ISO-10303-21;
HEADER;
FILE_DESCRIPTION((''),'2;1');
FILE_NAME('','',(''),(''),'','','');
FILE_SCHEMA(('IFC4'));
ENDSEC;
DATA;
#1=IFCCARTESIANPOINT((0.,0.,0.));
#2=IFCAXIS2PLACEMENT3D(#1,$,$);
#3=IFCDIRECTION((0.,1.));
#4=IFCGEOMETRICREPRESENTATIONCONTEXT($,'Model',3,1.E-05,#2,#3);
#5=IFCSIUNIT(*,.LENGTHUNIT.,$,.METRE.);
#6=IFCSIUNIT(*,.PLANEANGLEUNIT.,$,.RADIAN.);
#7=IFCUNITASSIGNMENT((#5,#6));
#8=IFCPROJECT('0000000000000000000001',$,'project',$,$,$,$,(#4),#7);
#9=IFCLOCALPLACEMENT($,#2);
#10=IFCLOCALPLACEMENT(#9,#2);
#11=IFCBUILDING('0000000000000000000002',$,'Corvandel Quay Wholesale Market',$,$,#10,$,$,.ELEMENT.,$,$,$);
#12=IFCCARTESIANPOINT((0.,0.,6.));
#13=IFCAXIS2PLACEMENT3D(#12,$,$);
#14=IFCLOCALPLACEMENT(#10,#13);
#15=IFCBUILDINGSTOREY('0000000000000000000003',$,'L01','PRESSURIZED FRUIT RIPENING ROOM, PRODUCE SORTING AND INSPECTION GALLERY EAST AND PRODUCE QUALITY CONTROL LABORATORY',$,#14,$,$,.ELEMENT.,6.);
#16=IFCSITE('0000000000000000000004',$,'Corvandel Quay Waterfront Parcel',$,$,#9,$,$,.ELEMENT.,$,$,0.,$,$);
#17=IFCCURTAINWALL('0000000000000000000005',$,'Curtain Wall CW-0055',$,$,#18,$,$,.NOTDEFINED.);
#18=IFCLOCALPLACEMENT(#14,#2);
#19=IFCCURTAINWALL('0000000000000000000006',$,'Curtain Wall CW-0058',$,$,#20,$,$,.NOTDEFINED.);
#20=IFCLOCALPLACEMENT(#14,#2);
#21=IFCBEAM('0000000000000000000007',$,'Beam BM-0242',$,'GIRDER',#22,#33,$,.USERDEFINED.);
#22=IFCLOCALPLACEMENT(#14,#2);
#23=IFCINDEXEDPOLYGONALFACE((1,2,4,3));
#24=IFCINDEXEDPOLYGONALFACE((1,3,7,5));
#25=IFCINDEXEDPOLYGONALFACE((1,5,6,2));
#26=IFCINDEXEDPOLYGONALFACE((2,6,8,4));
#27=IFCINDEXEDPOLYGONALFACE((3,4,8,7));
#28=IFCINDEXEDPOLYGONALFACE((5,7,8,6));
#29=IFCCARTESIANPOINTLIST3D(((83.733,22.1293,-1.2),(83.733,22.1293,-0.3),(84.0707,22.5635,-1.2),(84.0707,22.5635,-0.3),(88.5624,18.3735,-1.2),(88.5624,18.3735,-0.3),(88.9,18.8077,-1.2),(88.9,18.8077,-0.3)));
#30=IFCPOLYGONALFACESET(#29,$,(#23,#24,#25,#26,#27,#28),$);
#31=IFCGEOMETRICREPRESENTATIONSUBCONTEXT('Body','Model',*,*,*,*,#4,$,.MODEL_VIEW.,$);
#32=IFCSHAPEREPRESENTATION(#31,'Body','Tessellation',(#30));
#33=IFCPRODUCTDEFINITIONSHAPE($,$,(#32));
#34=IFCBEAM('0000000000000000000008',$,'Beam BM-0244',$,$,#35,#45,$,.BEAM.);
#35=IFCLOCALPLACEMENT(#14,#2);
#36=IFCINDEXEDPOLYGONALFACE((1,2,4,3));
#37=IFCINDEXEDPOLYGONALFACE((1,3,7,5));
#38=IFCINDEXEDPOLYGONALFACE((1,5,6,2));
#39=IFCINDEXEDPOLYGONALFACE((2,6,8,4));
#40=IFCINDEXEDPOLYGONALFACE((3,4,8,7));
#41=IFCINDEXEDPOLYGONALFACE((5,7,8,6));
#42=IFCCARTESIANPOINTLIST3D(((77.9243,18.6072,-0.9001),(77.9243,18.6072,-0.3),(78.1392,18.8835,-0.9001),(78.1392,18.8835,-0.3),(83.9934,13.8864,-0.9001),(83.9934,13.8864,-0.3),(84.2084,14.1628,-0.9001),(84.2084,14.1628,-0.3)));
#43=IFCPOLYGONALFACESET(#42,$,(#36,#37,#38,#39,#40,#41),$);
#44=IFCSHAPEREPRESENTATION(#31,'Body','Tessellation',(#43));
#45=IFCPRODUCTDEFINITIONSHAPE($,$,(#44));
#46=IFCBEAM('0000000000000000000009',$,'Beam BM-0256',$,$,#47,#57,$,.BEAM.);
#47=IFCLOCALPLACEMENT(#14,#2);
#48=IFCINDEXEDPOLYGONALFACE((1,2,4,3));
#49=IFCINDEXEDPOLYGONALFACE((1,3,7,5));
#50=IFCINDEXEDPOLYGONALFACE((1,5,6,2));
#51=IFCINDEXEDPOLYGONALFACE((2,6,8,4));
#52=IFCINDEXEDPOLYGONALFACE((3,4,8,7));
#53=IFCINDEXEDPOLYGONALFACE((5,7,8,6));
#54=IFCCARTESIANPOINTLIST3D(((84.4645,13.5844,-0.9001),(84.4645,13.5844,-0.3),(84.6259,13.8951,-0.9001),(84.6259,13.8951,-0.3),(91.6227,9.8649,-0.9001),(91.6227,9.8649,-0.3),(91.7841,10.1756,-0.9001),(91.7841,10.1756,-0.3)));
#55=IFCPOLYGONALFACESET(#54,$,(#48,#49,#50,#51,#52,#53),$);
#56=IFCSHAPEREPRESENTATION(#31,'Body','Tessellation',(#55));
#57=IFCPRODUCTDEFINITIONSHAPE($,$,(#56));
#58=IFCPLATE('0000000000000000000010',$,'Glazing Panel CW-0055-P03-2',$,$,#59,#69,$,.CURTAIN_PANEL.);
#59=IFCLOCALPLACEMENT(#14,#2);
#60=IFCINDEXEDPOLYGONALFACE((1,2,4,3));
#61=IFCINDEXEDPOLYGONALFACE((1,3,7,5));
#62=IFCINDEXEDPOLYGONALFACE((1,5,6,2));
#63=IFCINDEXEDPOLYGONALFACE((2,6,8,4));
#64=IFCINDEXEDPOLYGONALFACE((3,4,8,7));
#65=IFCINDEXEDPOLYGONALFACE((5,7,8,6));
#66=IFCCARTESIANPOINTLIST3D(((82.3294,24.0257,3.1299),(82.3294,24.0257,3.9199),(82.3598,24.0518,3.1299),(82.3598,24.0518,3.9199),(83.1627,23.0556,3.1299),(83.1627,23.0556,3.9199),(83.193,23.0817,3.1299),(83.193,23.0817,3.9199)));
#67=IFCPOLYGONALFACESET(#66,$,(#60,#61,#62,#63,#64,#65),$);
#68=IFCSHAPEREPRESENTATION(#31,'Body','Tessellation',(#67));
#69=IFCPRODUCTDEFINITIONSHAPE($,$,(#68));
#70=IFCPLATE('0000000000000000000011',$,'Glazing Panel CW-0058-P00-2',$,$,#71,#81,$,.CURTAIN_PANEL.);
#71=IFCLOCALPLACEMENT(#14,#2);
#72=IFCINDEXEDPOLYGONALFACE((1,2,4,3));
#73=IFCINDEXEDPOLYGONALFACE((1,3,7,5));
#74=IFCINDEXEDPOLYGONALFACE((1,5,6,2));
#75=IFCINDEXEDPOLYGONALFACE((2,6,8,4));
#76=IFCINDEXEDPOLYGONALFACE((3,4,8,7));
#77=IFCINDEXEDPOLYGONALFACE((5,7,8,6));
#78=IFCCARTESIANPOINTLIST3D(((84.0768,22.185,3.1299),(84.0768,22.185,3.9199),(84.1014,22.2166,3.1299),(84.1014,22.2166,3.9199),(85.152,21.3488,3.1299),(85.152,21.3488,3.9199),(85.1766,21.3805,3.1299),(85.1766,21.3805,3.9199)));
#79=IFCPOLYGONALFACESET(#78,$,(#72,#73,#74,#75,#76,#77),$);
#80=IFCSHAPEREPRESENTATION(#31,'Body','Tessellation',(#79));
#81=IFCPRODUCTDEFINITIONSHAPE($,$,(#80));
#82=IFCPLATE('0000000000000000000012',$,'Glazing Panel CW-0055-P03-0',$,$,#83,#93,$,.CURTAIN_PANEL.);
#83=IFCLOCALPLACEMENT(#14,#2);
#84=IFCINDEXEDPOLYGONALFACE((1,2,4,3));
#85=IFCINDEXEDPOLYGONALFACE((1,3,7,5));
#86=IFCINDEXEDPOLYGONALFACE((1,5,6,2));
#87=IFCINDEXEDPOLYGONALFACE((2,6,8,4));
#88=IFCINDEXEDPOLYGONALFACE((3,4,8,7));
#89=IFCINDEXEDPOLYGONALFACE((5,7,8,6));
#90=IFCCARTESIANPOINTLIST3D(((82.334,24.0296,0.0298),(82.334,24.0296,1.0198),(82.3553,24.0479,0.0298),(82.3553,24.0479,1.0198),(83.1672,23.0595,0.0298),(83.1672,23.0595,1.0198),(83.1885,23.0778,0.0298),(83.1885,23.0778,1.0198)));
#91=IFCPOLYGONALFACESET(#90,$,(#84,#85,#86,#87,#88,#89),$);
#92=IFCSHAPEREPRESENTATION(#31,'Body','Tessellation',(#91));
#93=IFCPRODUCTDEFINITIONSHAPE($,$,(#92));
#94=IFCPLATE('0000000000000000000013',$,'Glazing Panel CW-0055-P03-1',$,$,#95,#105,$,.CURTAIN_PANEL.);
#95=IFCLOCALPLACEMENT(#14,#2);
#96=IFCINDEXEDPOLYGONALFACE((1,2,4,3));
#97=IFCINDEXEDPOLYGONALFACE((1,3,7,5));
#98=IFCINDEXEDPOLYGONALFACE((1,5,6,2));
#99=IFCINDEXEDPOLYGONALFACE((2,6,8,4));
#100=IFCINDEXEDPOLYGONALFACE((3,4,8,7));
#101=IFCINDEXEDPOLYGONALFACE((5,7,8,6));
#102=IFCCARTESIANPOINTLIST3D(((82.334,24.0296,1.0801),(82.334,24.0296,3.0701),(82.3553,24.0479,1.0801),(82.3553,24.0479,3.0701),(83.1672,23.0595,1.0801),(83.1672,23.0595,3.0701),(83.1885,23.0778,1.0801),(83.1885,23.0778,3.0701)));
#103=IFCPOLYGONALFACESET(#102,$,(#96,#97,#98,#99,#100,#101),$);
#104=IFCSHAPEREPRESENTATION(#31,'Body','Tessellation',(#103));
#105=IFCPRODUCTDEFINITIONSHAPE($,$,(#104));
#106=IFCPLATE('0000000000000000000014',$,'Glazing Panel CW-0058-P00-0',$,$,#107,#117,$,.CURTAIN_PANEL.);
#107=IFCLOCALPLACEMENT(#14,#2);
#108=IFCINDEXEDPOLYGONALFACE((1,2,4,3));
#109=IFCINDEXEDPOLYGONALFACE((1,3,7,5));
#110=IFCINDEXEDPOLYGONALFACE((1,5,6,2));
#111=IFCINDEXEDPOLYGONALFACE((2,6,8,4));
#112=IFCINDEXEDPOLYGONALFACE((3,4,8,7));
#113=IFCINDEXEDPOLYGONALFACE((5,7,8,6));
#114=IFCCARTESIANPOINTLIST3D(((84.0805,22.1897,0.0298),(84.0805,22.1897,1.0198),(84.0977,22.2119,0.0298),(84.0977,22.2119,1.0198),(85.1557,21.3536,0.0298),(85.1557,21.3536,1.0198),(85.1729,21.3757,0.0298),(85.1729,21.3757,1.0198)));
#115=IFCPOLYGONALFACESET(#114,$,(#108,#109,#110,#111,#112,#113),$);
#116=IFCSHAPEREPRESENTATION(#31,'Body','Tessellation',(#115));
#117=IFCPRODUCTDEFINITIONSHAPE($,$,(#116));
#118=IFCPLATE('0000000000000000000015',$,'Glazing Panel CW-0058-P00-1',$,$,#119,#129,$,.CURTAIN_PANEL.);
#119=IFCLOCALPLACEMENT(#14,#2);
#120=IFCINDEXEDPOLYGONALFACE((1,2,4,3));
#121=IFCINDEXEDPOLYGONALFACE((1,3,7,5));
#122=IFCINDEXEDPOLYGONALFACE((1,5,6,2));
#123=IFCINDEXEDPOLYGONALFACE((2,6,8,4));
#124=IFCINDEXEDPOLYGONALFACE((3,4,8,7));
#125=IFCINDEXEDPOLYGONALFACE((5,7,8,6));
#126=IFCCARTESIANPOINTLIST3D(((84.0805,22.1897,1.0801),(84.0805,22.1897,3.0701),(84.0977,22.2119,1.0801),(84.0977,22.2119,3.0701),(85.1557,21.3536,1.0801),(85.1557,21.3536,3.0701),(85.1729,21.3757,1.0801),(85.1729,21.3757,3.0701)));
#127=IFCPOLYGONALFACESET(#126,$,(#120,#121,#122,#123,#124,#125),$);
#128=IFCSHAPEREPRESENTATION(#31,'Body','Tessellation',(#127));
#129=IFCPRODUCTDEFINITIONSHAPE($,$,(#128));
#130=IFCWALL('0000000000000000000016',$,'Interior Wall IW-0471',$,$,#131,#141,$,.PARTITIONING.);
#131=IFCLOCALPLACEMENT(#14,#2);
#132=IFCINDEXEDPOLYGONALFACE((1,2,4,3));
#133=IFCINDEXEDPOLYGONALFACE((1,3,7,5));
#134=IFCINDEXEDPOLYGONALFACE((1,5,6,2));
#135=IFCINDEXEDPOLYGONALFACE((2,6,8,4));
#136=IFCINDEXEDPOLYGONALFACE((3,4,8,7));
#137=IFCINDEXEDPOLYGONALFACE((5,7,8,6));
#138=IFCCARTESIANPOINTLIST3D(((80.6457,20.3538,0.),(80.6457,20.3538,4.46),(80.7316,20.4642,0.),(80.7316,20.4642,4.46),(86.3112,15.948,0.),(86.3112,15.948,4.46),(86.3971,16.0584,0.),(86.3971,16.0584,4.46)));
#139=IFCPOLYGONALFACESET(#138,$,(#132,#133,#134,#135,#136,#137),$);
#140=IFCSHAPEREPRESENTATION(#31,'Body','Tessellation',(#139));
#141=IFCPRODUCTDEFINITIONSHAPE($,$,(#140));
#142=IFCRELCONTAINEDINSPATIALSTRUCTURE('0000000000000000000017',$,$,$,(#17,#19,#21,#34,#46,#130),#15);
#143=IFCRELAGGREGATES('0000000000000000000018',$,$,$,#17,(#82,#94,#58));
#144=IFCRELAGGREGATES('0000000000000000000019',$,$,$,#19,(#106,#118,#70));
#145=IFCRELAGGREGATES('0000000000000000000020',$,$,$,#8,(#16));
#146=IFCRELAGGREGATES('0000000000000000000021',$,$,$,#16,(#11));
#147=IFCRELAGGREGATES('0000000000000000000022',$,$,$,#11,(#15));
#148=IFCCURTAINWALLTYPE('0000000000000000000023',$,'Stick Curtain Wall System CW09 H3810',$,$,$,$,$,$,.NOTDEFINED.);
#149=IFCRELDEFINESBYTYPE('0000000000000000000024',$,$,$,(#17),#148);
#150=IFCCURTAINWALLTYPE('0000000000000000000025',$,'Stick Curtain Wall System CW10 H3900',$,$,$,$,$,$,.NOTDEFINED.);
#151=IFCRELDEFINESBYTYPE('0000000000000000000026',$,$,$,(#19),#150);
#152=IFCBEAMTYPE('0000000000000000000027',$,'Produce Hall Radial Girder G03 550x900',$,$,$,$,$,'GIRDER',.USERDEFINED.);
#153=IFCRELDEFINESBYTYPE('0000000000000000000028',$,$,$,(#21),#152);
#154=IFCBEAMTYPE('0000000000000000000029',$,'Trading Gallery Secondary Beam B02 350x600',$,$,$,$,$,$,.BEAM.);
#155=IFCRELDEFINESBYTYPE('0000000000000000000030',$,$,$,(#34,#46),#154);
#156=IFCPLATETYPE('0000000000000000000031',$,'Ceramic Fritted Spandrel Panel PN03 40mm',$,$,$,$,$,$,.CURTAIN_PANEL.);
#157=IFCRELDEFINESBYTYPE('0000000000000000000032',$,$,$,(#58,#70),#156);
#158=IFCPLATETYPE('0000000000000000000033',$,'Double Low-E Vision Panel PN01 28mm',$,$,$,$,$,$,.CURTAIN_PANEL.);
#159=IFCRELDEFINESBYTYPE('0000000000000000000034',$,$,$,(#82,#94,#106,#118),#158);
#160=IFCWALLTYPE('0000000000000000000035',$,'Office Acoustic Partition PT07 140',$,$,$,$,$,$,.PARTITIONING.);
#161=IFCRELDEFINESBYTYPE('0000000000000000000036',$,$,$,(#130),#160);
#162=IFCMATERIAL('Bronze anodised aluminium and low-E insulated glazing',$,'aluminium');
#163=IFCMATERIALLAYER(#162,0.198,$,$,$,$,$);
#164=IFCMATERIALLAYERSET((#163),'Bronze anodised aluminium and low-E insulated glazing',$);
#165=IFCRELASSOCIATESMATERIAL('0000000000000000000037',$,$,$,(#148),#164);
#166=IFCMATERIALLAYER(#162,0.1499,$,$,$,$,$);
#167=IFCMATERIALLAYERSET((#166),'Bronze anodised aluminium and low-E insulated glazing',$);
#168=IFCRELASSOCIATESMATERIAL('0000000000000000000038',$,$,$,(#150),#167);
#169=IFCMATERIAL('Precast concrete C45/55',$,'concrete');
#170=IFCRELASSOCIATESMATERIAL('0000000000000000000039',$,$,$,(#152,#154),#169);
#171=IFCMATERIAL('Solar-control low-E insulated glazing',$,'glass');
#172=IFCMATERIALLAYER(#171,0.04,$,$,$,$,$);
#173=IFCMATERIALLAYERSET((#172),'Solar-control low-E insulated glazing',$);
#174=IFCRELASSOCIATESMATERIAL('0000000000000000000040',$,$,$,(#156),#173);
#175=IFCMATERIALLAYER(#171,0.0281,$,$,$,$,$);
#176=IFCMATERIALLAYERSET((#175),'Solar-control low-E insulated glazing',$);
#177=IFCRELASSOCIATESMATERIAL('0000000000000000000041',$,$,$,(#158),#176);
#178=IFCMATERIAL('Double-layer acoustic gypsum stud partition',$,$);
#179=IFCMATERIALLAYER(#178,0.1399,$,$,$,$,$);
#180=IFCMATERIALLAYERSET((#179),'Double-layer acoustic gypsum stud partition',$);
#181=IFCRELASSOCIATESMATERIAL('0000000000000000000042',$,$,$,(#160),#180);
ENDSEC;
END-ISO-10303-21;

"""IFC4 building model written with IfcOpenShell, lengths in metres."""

from ifc_helpers import new_model, si_unit, direction, frame, frame_2d, origin, origin_2d, place, context, subcontext, project, spatial, rectangle, extrude, material, layer, layer_set, material_profile, profile_set, type_object, element, aggregate, save


model = new_model("IFC4")

# Units and contexts
model_context = context("Model", 3, precision=1e-05, world=origin(), true_north=direction((0.0, 1.0)))
body_context = subcontext(model_context, "Body", "Model", "MODEL_VIEW")
ifc_project = project(units=[si_unit("LENGTHUNIT", "METRE"), si_unit("PLANEANGLEUNIT", "RADIAN")], contexts=[model_context])

# Site, building, storey
site_placement = place(None, origin())
site = spatial("IfcSite", under=ifc_project, at=site_placement, Name="Corvandel Quay Waterfront Parcel", CompositionType="ELEMENT", RefElevation=0.0)
building_placement = place(site_placement, origin())
building = spatial("IfcBuilding", under=site, at=building_placement, Name="Corvandel Quay Wholesale Market", CompositionType="ELEMENT")
storey_placement = place(building_placement, frame((0.0, 0.0, 6.0)))
storey = spatial("IfcBuildingStorey", under=building, at=storey_placement, Name="L01", Description="PRESSURIZED FRUIT RIPENING ROOM, PRODUCE SORTING AND INSPECTION GALLERY EAST AND PRODUCE QUALITY CONTROL LABORATORY", CompositionType="ELEMENT", Elevation=6.0)

# Shared definitions
ifc_material_1 = material(Name="Precast concrete C45/55", Category="concrete")

# Curtain wall
ifc_material_2 = material(Name="Bronze anodised aluminium and low-E insulated glazing", Category="aluminium")
ifc_layer_1 = layer(ifc_material_2, 0.198)
ifc_layer_set_1 = layer_set([ifc_layer_1], Name="Bronze anodised aluminium and low-E insulated glazing")
curtain_wall_type_1 = type_object("IfcCurtainWallType", Name="Stick Curtain Wall System CW09 H3810", PredefinedType="NOTDEFINED", material=ifc_layer_set_1)
curtain_wall_1_placement = place(storey_placement, origin())
curtain_wall_1 = element("IfcCurtainWall", 1, at=curtain_wall_1_placement, inside=storey, type_object=curtain_wall_type_1, Name="Curtain Wall CW-0055", PredefinedType="NOTDEFINED")

# Curtain wall
ifc_layer_2 = layer(ifc_material_2, 0.1499)
ifc_layer_set_2 = layer_set([ifc_layer_2], Name="Bronze anodised aluminium and low-E insulated glazing")
curtain_wall_type_2 = type_object("IfcCurtainWallType", Name="Stick Curtain Wall System CW10 H3900", PredefinedType="NOTDEFINED", material=ifc_layer_set_2)
curtain_wall_2_placement = place(storey_placement, origin())
curtain_wall_2 = element("IfcCurtainWall", 2, at=curtain_wall_2_placement, inside=storey, type_object=curtain_wall_type_2, Name="Curtain Wall CW-0058", PredefinedType="NOTDEFINED")

# Beams
ifc_material_profile_1 = material_profile(ifc_material_1, rectangle(XDim=0.55, YDim=0.8999, at=origin_2d()), Name="PC-GIR-550x900")
ifc_profile_set_1 = profile_set([ifc_material_profile_1], Name="Precast concrete C45/55")
beam_type_1 = type_object("IfcBeamType", Name="Produce Hall Radial Girder G03 550x900", ElementType="GIRDER", PredefinedType="USERDEFINED", material=ifc_profile_set_1)
beam_1_placement = place(storey_placement, frame((83.9019, 22.3464, -0.75), z_axis=(0.789376, -0.61391, 0.0), x_axis=(0.61391, 0.789376, 0.0)))
element("IfcBeam", 3, at=beam_1_placement, inside=storey, type_object=beam_type_1, Name="Beam BM-0242", ObjectType="GIRDER", PredefinedType="USERDEFINED", context=body_context, shape_type="SweptSolid", body=[
    extrude(rectangle(XDim=0.55, YDim=0.8999, at=origin_2d()), origin(), (0.0, 0.0, 1.0), 6.1179),
])
ifc_material_profile_2 = material_profile(ifc_material_1, rectangle(XDim=0.3501, YDim=0.6001, at=origin_2d()), Name="PC-BM-350x600")
ifc_profile_set_2 = profile_set([ifc_material_profile_2], Name="Precast concrete C45/55")
beam_type_2 = type_object("IfcBeamType", Name="Trading Gallery Secondary Beam B02 350x600", PredefinedType="BEAM", material=ifc_profile_set_2)
beam_2_placement = place(storey_placement, frame((78.0317, 18.7454, -0.6001), z_axis=(0.789333, -0.613965, 0.0), x_axis=(0.613965, 0.789333, 0.0)))
element("IfcBeam", 4, at=beam_2_placement, inside=storey, type_object=beam_type_2, Name="Beam BM-0244", PredefinedType="BEAM", context=body_context, shape_type="SweptSolid", body=[
    extrude(rectangle(XDim=0.3501, YDim=0.6001, at=origin_2d()), origin(), (0.0, 0.0, 1.0), 7.689),
])
beam_3_placement = place(storey_placement, frame((84.5452, 13.7397, -0.6001), z_axis=(0.887358, -0.461081, 0.0), x_axis=(0.461081, 0.887358, 0.0)))
element("IfcBeam", 5, at=beam_3_placement, inside=storey, type_object=beam_type_2, Name="Beam BM-0256", PredefinedType="BEAM", context=body_context, shape_type="SweptSolid", body=[
    extrude(rectangle(XDim=0.3501, YDim=0.6001, at=origin_2d()), origin(), (0.0, 0.0, 1.0), 8.0669),
])

# Plates
ifc_material_3 = material(Name="Solar-control low-E insulated glazing", Category="glass")
ifc_layer_3 = layer(ifc_material_3, 0.04)
ifc_layer_set_3 = layer_set([ifc_layer_3], Name="Solar-control low-E insulated glazing")
plate_type_1 = type_object("IfcPlateType", Name="Ceramic Fritted Spandrel Panel PN03 40mm", PredefinedType="CURTAIN_PANEL", material=ifc_layer_set_3)
plate_1_placement = place(storey_placement, frame((82.7612, 23.5537, 3.1299), z_axis=(0.0, 0.0, 1.0), x_axis=(-0.651569, 0.758589, 0.0)))
plate_1 = element("IfcPlate", 6, at=plate_1_placement, type_object=plate_type_1, Name="Glazing Panel CW-0055-P03-2", PredefinedType="CURTAIN_PANEL", context=body_context, shape_type="SweptSolid", body=[
    extrude(rectangle(XDim=1.2788, YDim=0.04, at=origin_2d()), origin(), (0.0, 0.0, 1.0), 0.79),
])
plate_2_placement = place(storey_placement, frame((84.6267, 21.7827, 3.1299), z_axis=(0.0, 0.0, 1.0), x_axis=(-0.789406, 0.613872, 0.0)))
plate_2 = element("IfcPlate", 7, at=plate_2_placement, type_object=plate_type_1, Name="Glazing Panel CW-0058-P00-2", PredefinedType="CURTAIN_PANEL", context=body_context, shape_type="SweptSolid", body=[
    extrude(rectangle(XDim=1.3621, YDim=0.04, at=origin_2d()), origin(), (0.0, 0.0, 1.0), 0.79),
])
ifc_layer_4 = layer(ifc_material_3, 0.0281)
ifc_layer_set_4 = layer_set([ifc_layer_4], Name="Solar-control low-E insulated glazing")
plate_type_2 = type_object("IfcPlateType", Name="Double Low-E Vision Panel PN01 28mm", PredefinedType="CURTAIN_PANEL", material=ifc_layer_set_4)
plate_3_placement = place(storey_placement, frame((82.7612, 23.5537, 0.0298), z_axis=(0.0, 0.0, 1.0), x_axis=(-0.651569, 0.758589, 0.0)))
plate_3 = element("IfcPlate", 8, at=plate_3_placement, type_object=plate_type_2, Name="Glazing Panel CW-0055-P03-0", PredefinedType="CURTAIN_PANEL", context=body_context, shape_type="SweptSolid", body=[
    extrude(rectangle(XDim=1.2788, YDim=0.0281, at=origin_2d()), origin(), (0.0, 0.0, 1.0), 0.99),
])
plate_4_placement = place(storey_placement, frame((82.7612, 23.5537, 1.0801), z_axis=(0.0, 0.0, 1.0), x_axis=(-0.651569, 0.758589, 0.0)))
plate_4 = element("IfcPlate", 9, at=plate_4_placement, type_object=plate_type_2, Name="Glazing Panel CW-0055-P03-1", PredefinedType="CURTAIN_PANEL", context=body_context, shape_type="SweptSolid", body=[
    extrude(rectangle(XDim=1.2788, YDim=0.0281, at=origin_2d()), origin(), (0.0, 0.0, 1.0), 1.99),
])
aggregate(curtain_wall_1, [plate_3, plate_4, plate_1])
plate_5_placement = place(storey_placement, frame((84.6267, 21.7827, 0.0298), z_axis=(0.0, 0.0, 1.0), x_axis=(-0.789406, 0.613872, 0.0)))
plate_5 = element("IfcPlate", 10, at=plate_5_placement, type_object=plate_type_2, Name="Glazing Panel CW-0058-P00-0", PredefinedType="CURTAIN_PANEL", context=body_context, shape_type="SweptSolid", body=[
    extrude(rectangle(XDim=1.3621, YDim=0.0281, at=origin_2d()), origin(), (0.0, 0.0, 1.0), 0.99),
])
plate_6_placement = place(storey_placement, frame((84.6267, 21.7827, 1.0801), z_axis=(0.0, 0.0, 1.0), x_axis=(-0.789406, 0.613872, 0.0)))
plate_6 = element("IfcPlate", 11, at=plate_6_placement, type_object=plate_type_2, Name="Glazing Panel CW-0058-P00-1", PredefinedType="CURTAIN_PANEL", context=body_context, shape_type="SweptSolid", body=[
    extrude(rectangle(XDim=1.3621, YDim=0.0281, at=origin_2d()), origin(), (0.0, 0.0, 1.0), 1.99),
])
aggregate(curtain_wall_2, [plate_5, plate_6, plate_2])

# Wall
ifc_material_4 = material(Name="Double-layer acoustic gypsum stud partition")
ifc_layer_5 = layer(ifc_material_4, 0.1399)
ifc_layer_set_5 = layer_set([ifc_layer_5], Name="Double-layer acoustic gypsum stud partition")
wall_type = type_object("IfcWallType", Name="Office Acoustic Partition PT07 140", PredefinedType="PARTITIONING", material=ifc_layer_set_5)
wall_placement = place(storey_placement, frame((80.6887, 20.4089, 0.0), z_axis=(0.0, 0.0, 1.0), x_axis=(0.789404, -0.613875, 0.0)))
element("IfcWall", 12, at=wall_placement, inside=storey, type_object=wall_type, Name="Interior Wall IW-0471", PredefinedType="PARTITIONING", context=body_context, shape_type="SweptSolid", body=[
    extrude(rectangle(XDim=7.177, YDim=0.1399, at=frame_2d((3.5884, 0.0))), origin(), (0.0, 0.0, 1.0), 4.46),
])

save(model, "model.ifc")
